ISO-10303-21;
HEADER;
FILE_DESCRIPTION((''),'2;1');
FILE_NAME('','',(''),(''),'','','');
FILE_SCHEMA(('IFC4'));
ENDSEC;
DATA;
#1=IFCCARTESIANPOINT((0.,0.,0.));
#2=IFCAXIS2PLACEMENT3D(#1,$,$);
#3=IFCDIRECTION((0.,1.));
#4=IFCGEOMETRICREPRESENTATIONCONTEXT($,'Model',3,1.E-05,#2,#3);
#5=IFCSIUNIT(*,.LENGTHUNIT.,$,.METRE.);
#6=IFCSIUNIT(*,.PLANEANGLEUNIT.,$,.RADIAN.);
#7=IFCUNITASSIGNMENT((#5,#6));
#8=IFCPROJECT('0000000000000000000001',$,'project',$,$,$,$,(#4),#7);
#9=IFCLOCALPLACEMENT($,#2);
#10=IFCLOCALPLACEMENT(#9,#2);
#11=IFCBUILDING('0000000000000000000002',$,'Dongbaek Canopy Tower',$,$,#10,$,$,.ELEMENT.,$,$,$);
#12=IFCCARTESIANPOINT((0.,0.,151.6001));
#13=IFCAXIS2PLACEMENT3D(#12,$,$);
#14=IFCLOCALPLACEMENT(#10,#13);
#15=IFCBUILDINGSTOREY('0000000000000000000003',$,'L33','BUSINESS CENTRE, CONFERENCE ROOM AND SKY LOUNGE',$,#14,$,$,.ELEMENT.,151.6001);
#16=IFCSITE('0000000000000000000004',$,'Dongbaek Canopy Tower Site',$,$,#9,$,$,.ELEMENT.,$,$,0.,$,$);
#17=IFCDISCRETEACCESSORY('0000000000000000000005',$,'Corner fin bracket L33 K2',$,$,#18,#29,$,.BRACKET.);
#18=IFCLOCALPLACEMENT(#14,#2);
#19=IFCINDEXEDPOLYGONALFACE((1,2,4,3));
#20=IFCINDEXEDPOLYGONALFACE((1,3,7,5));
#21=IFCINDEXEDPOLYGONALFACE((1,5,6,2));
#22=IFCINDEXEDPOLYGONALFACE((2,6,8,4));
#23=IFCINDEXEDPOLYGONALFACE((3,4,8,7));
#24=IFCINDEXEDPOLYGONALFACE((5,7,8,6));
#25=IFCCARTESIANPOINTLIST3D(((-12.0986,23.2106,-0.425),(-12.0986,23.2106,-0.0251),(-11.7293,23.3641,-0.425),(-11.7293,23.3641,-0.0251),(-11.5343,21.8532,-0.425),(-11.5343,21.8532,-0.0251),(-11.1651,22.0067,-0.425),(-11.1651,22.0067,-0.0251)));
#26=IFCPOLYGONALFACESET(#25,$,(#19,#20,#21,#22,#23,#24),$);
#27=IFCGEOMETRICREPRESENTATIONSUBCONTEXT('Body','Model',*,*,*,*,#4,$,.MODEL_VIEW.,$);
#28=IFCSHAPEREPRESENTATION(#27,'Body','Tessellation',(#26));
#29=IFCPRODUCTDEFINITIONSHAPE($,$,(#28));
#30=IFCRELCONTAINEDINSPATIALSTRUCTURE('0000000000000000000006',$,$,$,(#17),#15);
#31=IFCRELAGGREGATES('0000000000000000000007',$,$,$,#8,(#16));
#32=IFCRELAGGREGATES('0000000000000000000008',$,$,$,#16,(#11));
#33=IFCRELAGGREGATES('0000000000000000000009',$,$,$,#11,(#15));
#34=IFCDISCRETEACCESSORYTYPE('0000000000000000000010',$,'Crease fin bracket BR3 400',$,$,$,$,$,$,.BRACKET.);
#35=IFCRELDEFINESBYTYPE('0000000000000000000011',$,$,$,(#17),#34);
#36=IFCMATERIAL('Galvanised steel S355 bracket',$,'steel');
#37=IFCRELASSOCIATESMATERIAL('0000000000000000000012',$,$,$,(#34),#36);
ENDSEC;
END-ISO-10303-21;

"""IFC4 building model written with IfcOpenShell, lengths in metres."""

from ifc_helpers import new_model, si_unit, direction, frame, origin, origin_2d, place, context, subcontext, project, spatial, rectangle, extrude, material, type_object, element, save


model = new_model("IFC4")

# Units and contexts
model_context = context("Model", 3, precision=1e-05, world=origin(), true_north=direction((0.0, 1.0)))
body_context = subcontext(model_context, "Body", "Model", "MODEL_VIEW")
ifc_project = project(units=[si_unit("LENGTHUNIT", "METRE"), si_unit("PLANEANGLEUNIT", "RADIAN")], contexts=[model_context])

# Site, building, storey
site_placement = place(None, origin())
site = spatial("IfcSite", under=ifc_project, at=site_placement, Name="Dongbaek Canopy Tower Site", CompositionType="ELEMENT", RefElevation=0.0)
building_placement = place(site_placement, origin())
building = spatial("IfcBuilding", under=site, at=building_placement, Name="Dongbaek Canopy Tower", CompositionType="ELEMENT")
storey_placement = place(building_placement, frame((0.0, 0.0, 151.6001)))
storey = spatial("IfcBuildingStorey", under=building, at=storey_placement, Name="L33", Description="BUSINESS CENTRE, CONFERENCE ROOM AND SKY LOUNGE", CompositionType="ELEMENT", Elevation=151.6001)

# Discrete accessory
ifc_material_1 = material(Name="Galvanised steel S355 bracket", Category="steel")
discrete_accessory_type = type_object("IfcDiscreteAccessoryType", Name="Crease fin bracket BR3 400", PredefinedType="BRACKET", material=ifc_material_1)
discrete_accessory_placement = place(storey_placement, frame((-11.6318, 22.6086, -0.425), z_axis=(0.0, 0.0, 1.0), x_axis=(-0.383857, 0.923393, 0.0)))
element("IfcDiscreteAccessory", 1, at=discrete_accessory_placement, inside=storey, type_object=discrete_accessory_type, Name="Corner fin bracket L33 K2", PredefinedType="BRACKET", context=body_context, shape_type="SweptSolid", body=[
    extrude(rectangle(XDim=1.47, YDim=0.3999, at=origin_2d()), origin(), (0.0, 0.0, 1.0), 0.3999),
])

save(model, "model.ifc")
